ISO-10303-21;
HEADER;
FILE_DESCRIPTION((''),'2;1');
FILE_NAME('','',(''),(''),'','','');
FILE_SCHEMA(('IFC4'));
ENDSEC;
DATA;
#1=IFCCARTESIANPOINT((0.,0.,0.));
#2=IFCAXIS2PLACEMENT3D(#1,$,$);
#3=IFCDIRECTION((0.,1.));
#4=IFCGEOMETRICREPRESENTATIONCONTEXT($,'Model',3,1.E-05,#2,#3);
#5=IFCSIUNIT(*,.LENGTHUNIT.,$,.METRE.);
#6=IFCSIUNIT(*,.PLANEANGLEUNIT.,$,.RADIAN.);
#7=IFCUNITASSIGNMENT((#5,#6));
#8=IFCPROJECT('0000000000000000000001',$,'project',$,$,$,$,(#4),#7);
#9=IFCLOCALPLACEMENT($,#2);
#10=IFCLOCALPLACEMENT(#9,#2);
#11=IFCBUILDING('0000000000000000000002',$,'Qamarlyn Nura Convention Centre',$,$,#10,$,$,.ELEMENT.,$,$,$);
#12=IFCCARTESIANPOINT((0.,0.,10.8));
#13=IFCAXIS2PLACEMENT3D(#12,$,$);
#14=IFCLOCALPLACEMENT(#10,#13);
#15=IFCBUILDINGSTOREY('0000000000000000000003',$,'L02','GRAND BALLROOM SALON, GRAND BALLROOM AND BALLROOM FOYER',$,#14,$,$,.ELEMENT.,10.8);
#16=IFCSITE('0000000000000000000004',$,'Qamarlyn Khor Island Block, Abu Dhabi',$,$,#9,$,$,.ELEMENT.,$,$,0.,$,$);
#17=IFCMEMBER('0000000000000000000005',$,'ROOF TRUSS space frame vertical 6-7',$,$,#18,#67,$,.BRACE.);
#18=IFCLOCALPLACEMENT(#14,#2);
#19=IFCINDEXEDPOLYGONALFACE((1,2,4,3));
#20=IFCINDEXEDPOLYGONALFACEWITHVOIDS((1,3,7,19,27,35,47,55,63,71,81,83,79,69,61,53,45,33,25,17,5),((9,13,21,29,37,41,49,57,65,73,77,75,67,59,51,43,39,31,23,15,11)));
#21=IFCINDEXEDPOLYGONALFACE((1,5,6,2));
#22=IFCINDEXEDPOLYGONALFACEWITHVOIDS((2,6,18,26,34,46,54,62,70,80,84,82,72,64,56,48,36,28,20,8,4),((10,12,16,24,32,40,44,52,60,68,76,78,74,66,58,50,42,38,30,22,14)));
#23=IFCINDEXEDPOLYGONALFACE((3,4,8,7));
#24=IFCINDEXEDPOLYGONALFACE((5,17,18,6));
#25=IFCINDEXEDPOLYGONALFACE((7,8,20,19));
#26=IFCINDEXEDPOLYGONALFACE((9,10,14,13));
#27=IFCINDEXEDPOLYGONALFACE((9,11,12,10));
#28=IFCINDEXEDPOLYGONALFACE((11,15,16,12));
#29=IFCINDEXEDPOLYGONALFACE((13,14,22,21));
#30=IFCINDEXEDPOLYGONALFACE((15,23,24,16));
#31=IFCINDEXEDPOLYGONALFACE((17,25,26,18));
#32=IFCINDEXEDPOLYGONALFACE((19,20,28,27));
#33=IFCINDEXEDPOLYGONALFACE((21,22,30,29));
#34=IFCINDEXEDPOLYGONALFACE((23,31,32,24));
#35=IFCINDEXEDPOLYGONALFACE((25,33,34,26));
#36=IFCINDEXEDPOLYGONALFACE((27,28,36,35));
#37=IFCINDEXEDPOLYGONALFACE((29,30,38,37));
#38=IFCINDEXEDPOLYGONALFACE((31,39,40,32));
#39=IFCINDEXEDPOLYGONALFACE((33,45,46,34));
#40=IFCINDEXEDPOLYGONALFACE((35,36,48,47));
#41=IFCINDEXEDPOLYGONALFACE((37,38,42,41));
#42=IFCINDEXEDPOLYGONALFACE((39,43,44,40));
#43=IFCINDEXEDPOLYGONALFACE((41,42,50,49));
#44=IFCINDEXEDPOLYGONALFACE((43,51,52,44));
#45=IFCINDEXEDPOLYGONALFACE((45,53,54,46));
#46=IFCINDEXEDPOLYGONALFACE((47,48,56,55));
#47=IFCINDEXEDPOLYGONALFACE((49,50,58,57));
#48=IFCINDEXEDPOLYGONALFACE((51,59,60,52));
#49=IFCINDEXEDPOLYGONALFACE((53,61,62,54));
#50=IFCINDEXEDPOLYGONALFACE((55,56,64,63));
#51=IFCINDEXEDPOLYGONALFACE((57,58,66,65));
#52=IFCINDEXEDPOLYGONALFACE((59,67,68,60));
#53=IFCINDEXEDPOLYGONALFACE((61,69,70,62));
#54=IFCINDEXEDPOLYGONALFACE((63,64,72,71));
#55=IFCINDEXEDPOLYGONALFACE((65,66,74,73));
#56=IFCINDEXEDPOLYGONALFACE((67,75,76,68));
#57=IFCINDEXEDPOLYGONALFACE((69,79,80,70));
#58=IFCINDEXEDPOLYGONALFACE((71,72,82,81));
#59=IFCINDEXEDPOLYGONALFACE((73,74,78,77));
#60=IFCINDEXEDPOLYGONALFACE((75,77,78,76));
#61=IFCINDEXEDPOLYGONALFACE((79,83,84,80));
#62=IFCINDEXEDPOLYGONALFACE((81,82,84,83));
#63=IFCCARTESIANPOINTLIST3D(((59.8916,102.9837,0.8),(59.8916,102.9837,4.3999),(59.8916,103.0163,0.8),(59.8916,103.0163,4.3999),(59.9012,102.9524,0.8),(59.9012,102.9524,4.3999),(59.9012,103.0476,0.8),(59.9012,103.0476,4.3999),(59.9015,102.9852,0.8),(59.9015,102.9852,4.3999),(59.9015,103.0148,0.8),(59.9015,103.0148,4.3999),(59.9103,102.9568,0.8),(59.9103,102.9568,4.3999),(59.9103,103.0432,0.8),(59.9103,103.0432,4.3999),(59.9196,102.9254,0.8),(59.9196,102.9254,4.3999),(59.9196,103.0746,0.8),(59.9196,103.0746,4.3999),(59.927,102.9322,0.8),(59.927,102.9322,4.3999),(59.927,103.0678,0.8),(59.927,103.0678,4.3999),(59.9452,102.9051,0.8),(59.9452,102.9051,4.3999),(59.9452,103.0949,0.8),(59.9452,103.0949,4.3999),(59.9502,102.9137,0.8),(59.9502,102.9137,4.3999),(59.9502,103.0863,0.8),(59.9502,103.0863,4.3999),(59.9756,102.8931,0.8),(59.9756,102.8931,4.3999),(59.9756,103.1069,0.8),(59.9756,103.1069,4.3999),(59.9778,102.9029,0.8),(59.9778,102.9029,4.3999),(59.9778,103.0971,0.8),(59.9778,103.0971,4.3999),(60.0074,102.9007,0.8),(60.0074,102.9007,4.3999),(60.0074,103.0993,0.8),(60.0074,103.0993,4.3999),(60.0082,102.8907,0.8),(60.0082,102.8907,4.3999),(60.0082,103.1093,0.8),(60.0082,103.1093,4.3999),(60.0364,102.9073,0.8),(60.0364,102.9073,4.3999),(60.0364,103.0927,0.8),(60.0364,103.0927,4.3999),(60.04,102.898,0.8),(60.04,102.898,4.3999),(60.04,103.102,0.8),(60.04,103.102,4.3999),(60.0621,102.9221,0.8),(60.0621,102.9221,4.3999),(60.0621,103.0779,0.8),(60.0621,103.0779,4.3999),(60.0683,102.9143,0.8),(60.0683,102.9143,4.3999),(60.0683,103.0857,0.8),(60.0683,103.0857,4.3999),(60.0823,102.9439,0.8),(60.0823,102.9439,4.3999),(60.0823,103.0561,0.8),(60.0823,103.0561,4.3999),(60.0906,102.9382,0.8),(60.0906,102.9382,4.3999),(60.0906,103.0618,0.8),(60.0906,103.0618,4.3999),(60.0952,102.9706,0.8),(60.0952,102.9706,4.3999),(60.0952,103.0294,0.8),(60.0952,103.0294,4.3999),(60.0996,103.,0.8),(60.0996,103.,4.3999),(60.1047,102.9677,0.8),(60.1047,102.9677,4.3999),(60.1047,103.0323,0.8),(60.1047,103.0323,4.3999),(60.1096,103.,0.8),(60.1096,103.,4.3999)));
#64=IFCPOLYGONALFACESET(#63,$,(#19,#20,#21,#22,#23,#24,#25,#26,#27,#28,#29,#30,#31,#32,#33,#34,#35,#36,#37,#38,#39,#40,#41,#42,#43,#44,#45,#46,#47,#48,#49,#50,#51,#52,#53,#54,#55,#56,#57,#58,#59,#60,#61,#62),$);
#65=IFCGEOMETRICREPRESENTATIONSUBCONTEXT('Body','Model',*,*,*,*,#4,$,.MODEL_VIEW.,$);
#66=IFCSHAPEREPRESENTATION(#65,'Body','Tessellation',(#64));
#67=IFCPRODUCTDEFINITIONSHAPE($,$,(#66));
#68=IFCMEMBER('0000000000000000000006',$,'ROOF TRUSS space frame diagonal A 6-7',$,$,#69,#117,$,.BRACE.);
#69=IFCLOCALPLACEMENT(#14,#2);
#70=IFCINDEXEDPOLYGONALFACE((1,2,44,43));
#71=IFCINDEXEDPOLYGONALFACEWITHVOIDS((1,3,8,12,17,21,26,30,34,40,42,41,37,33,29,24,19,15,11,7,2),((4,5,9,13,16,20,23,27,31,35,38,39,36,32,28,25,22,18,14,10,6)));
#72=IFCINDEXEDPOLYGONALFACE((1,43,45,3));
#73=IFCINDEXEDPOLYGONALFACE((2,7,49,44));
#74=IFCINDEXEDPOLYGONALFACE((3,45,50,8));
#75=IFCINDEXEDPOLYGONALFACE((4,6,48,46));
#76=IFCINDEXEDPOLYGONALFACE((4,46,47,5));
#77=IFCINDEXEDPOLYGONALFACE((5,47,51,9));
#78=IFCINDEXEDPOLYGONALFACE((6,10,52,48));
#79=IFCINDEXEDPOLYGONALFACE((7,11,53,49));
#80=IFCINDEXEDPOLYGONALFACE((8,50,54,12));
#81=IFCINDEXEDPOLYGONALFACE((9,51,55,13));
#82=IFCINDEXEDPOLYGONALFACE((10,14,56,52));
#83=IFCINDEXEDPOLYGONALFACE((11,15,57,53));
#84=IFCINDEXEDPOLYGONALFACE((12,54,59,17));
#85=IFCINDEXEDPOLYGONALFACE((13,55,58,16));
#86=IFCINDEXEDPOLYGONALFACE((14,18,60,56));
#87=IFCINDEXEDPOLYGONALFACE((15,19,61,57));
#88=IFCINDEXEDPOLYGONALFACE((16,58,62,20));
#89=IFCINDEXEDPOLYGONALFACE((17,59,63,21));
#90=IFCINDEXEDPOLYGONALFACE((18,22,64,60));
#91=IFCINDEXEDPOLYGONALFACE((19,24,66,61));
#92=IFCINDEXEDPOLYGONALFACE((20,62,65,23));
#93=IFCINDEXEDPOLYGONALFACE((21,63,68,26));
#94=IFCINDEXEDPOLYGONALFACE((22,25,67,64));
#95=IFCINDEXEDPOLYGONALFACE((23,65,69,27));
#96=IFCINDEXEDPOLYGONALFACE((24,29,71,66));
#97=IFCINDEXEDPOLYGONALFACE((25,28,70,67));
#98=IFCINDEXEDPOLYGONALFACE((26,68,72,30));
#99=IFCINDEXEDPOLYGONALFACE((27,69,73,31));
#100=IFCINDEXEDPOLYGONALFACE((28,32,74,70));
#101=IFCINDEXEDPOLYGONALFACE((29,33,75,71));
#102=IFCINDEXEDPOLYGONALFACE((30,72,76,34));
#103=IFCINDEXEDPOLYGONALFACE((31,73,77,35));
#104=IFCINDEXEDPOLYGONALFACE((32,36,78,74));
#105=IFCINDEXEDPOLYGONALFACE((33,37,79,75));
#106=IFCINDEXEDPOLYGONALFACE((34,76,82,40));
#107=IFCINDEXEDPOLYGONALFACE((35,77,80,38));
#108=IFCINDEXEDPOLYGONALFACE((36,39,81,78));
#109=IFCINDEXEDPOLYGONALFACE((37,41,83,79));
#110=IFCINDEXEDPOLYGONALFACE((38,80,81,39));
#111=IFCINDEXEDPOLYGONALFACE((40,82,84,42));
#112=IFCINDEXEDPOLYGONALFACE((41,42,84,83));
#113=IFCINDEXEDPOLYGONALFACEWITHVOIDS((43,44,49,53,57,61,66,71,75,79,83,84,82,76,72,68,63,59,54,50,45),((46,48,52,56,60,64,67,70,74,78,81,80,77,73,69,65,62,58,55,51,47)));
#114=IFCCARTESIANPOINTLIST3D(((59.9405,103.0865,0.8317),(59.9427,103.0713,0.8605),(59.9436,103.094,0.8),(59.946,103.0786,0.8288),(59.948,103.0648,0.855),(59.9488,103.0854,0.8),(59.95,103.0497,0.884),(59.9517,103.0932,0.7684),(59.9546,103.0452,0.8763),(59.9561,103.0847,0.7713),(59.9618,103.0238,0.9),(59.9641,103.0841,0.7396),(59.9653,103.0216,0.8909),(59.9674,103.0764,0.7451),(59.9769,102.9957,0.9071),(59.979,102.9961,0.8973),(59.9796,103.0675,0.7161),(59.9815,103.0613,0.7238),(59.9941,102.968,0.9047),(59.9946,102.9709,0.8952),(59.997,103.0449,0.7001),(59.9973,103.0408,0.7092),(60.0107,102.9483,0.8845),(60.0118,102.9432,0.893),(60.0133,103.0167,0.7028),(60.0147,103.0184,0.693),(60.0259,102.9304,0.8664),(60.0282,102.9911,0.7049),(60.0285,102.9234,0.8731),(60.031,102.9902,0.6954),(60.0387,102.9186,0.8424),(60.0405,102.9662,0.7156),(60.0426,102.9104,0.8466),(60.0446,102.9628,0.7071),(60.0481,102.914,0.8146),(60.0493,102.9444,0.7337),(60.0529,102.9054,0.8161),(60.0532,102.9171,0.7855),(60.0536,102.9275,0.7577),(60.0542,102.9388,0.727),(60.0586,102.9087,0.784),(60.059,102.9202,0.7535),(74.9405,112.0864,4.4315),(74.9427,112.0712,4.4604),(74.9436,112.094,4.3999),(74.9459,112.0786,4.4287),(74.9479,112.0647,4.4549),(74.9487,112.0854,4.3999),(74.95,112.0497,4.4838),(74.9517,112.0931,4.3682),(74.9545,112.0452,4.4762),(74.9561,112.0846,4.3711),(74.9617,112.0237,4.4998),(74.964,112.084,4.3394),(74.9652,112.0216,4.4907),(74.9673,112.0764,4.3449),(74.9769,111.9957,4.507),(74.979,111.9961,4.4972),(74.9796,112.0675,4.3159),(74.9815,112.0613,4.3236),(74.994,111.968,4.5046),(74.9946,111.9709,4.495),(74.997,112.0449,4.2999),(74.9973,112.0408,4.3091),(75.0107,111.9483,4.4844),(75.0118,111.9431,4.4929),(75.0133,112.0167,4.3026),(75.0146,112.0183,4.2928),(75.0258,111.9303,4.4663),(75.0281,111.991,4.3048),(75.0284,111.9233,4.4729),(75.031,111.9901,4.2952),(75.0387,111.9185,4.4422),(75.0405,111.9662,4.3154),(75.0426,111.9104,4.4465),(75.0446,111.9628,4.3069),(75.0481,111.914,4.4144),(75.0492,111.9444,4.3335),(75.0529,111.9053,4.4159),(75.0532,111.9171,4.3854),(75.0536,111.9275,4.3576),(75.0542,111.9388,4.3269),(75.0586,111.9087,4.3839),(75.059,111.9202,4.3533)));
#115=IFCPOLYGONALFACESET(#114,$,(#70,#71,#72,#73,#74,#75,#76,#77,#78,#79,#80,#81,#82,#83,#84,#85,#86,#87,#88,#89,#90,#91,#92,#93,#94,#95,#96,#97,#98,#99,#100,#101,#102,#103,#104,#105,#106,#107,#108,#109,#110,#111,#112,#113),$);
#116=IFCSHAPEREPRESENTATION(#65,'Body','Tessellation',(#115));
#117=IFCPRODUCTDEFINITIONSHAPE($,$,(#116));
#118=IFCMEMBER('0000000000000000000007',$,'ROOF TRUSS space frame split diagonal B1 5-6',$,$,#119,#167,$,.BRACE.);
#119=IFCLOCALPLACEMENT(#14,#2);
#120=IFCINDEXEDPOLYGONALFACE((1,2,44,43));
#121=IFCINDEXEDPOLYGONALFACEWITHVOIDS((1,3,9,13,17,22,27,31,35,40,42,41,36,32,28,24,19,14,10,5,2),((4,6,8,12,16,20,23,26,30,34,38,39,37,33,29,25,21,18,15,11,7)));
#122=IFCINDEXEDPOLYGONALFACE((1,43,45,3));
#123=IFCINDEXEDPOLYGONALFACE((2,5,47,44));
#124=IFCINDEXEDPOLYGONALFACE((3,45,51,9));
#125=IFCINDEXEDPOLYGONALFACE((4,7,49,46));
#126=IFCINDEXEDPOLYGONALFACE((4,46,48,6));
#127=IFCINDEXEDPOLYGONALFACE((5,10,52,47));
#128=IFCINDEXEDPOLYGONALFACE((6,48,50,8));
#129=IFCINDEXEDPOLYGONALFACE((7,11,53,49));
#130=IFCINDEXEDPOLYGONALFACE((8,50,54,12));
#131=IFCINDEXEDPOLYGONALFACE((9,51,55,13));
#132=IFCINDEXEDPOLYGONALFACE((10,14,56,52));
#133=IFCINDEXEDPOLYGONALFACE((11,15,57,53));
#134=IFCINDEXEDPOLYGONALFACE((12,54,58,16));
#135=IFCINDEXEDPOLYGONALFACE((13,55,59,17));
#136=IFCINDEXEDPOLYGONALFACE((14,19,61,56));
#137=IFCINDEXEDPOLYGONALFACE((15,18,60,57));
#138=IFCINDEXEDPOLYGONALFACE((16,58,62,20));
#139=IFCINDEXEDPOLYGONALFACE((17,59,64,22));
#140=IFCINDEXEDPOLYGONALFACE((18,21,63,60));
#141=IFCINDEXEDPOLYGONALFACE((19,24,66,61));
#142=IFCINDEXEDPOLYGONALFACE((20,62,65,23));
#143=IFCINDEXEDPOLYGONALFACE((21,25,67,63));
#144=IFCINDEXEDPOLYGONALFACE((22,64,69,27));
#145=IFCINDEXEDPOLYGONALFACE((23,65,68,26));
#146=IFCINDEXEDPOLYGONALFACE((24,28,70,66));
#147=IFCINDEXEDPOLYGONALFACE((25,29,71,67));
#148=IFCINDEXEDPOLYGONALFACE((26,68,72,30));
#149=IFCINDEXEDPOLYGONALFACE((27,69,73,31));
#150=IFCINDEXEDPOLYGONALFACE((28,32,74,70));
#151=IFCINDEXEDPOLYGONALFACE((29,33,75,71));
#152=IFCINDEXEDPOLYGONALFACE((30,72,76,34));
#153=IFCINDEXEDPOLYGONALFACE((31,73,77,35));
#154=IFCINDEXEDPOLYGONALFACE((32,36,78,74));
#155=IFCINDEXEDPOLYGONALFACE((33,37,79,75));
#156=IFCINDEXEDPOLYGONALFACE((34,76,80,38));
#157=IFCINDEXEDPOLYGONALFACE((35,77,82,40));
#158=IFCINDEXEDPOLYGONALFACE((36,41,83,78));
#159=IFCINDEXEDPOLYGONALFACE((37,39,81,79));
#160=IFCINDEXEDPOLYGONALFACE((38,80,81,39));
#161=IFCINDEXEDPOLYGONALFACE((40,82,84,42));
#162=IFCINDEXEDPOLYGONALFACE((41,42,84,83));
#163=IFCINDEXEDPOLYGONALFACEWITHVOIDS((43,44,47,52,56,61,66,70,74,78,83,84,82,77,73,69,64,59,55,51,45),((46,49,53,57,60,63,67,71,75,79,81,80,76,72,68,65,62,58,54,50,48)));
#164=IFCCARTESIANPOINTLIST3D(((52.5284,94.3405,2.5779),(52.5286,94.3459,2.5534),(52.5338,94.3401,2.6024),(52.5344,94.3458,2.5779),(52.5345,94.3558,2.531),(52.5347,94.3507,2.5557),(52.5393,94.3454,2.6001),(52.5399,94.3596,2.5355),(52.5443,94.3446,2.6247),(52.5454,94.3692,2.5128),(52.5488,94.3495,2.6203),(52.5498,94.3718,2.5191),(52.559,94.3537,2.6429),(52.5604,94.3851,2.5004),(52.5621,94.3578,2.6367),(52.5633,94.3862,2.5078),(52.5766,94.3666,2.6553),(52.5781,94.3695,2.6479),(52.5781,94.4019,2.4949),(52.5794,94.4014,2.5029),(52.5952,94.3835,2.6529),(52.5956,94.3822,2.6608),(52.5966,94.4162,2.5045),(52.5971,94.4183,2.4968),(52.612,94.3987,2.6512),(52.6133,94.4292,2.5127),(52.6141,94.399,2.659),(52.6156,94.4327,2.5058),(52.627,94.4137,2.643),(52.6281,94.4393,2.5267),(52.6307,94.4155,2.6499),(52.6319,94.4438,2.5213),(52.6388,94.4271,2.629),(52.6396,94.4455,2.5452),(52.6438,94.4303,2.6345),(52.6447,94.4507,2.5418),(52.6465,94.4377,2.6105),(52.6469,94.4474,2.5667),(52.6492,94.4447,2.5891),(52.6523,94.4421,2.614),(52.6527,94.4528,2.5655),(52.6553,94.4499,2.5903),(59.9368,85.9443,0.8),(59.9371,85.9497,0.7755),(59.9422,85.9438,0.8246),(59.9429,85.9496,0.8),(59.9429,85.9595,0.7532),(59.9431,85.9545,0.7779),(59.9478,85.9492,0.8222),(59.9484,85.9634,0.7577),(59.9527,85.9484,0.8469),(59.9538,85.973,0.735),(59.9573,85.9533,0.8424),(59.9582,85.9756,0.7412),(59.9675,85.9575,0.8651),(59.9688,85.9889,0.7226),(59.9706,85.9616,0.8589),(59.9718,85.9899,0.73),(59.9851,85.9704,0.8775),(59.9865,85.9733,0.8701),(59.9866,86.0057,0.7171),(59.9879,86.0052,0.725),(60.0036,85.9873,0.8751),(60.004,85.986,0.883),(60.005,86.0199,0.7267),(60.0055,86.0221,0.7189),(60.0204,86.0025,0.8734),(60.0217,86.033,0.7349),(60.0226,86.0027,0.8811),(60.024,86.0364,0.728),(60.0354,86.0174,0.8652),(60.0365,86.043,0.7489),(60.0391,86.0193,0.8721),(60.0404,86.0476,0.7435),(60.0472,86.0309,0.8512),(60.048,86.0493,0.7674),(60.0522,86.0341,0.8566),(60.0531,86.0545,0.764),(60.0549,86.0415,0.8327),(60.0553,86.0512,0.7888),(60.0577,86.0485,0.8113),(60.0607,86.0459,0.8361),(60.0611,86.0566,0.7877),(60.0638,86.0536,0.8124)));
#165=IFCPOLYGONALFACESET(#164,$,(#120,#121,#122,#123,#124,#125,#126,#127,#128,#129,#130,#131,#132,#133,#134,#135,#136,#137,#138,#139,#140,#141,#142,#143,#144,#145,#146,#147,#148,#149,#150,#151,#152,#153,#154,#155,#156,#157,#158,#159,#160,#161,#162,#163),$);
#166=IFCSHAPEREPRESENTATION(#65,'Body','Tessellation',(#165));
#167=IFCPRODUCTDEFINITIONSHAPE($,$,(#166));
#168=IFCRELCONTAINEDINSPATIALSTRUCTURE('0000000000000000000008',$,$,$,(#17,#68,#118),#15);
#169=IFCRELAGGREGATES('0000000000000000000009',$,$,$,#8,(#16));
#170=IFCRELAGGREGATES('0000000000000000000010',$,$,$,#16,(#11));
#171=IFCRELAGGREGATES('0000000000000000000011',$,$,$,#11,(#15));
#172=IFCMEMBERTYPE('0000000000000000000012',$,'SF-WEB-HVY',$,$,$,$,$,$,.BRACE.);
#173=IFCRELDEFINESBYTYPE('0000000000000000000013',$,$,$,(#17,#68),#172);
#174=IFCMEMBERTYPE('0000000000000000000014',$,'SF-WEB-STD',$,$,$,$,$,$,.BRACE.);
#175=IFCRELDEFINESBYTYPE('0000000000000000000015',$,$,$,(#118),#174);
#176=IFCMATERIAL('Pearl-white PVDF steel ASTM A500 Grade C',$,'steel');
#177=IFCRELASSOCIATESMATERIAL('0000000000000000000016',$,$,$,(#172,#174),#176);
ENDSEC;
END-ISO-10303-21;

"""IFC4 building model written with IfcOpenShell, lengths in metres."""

from ifc_helpers import new_model, si_unit, direction, frame, origin, origin_2d, place, context, subcontext, project, spatial, hollow_circle, extrude, material, material_profile, profile_set, type_object, element, save


model = new_model("IFC4")

# Units and contexts
model_context = context("Model", 3, precision=1e-05, world=origin(), true_north=direction((0.0, 1.0)))
body_context = subcontext(model_context, "Body", "Model", "MODEL_VIEW")
ifc_project = project(units=[si_unit("LENGTHUNIT", "METRE"), si_unit("PLANEANGLEUNIT", "RADIAN")], contexts=[model_context])

# Site, building, storey
site_placement = place(None, origin())
site = spatial("IfcSite", under=ifc_project, at=site_placement, Name="Qamarlyn Khor Island Block, Abu Dhabi", CompositionType="ELEMENT", RefElevation=0.0)
building_placement = place(site_placement, origin())
building = spatial("IfcBuilding", under=site, at=building_placement, Name="Qamarlyn Nura Convention Centre", CompositionType="ELEMENT")
storey_placement = place(building_placement, frame((0.0, 0.0, 10.8)))
storey = spatial("IfcBuildingStorey", under=building, at=storey_placement, Name="L02", Description="GRAND BALLROOM SALON, GRAND BALLROOM AND BALLROOM FOYER", CompositionType="ELEMENT", Elevation=10.8)

# Members
ifc_material_1 = material(Name="Pearl-white PVDF steel ASTM A500 Grade C", Category="steel")
ifc_material_profile_1 = material_profile(ifc_material_1, hollow_circle(Radius=0.1096, WallThickness=0.01, at=origin_2d()), Name="CHS219.1X10")
ifc_profile_set_1 = profile_set([ifc_material_profile_1], Name="Pearl-white PVDF steel ASTM A500 Grade C")
member_type_1 = type_object("IfcMemberType", Name="SF-WEB-HVY", PredefinedType="BRACE", material=ifc_profile_set_1)
member_1_placement = place(storey_placement, frame((60.0, 103.0, 0.8), z_axis=(0.0, 0.0, 1.0), x_axis=(1.0, 0.0, 0.0)))
element("IfcMember", 1, at=member_1_placement, inside=storey, type_object=member_type_1, Name="ROOF TRUSS space frame vertical 6-7", PredefinedType="BRACE", context=body_context, shape_type="SweptSolid", body=[
    extrude(hollow_circle(Radius=0.1096, WallThickness=0.01, at=origin_2d()), origin(), (0.0, 0.0, 1.0), 3.5999),
])
member_2_placement = place(storey_placement, frame((60.0, 103.0, 0.8), z_axis=(0.839893, 0.503936, 0.201566), x_axis=(-0.514496, 0.857493, 0.0)))
element("IfcMember", 2, at=member_2_placement, inside=storey, type_object=member_type_1, Name="ROOF TRUSS space frame diagonal A 6-7", PredefinedType="BRACE", context=body_context, shape_type="SweptSolid", body=[
    extrude(hollow_circle(Radius=0.1096, WallThickness=0.01, at=origin_2d()), origin(), (0.0, 0.0, 1.0), 17.8594),
])
ifc_material_profile_2 = material_profile(ifc_material_1, hollow_circle(Radius=0.0842, WallThickness=0.0081, at=origin_2d()), Name="CHS168.3X8")
ifc_profile_set_2 = profile_set([ifc_material_profile_2], Name="Pearl-white PVDF steel ASTM A500 Grade C")
member_type_2 = type_object("IfcMemberType", Name="SF-WEB-STD", PredefinedType="BRACE", material=ifc_profile_set_2)
for number, where, z_axis, x_axis, name in (
    (3, (60.0, 86.0, 0.8), (-0.653437, 0.740562, 0.156808), (-0.749838, -0.661622, 0.0), "ROOF TRUSS space frame split diagonal B1 5-6"),
):
    element("IfcMember", number, at=place(storey_placement, frame(where, z_axis=z_axis, x_axis=x_axis)), inside=storey, type_object=member_type_2, Name=name, PredefinedType="BRACE", context=body_context, shape_type="SweptSolid", body=[
        extrude(hollow_circle(Radius=0.0842, WallThickness=0.0081, at=origin_2d()), origin(), (0.0, 0.0, 1.0), 11.3376),
    ])

save(model, "model.ifc")
